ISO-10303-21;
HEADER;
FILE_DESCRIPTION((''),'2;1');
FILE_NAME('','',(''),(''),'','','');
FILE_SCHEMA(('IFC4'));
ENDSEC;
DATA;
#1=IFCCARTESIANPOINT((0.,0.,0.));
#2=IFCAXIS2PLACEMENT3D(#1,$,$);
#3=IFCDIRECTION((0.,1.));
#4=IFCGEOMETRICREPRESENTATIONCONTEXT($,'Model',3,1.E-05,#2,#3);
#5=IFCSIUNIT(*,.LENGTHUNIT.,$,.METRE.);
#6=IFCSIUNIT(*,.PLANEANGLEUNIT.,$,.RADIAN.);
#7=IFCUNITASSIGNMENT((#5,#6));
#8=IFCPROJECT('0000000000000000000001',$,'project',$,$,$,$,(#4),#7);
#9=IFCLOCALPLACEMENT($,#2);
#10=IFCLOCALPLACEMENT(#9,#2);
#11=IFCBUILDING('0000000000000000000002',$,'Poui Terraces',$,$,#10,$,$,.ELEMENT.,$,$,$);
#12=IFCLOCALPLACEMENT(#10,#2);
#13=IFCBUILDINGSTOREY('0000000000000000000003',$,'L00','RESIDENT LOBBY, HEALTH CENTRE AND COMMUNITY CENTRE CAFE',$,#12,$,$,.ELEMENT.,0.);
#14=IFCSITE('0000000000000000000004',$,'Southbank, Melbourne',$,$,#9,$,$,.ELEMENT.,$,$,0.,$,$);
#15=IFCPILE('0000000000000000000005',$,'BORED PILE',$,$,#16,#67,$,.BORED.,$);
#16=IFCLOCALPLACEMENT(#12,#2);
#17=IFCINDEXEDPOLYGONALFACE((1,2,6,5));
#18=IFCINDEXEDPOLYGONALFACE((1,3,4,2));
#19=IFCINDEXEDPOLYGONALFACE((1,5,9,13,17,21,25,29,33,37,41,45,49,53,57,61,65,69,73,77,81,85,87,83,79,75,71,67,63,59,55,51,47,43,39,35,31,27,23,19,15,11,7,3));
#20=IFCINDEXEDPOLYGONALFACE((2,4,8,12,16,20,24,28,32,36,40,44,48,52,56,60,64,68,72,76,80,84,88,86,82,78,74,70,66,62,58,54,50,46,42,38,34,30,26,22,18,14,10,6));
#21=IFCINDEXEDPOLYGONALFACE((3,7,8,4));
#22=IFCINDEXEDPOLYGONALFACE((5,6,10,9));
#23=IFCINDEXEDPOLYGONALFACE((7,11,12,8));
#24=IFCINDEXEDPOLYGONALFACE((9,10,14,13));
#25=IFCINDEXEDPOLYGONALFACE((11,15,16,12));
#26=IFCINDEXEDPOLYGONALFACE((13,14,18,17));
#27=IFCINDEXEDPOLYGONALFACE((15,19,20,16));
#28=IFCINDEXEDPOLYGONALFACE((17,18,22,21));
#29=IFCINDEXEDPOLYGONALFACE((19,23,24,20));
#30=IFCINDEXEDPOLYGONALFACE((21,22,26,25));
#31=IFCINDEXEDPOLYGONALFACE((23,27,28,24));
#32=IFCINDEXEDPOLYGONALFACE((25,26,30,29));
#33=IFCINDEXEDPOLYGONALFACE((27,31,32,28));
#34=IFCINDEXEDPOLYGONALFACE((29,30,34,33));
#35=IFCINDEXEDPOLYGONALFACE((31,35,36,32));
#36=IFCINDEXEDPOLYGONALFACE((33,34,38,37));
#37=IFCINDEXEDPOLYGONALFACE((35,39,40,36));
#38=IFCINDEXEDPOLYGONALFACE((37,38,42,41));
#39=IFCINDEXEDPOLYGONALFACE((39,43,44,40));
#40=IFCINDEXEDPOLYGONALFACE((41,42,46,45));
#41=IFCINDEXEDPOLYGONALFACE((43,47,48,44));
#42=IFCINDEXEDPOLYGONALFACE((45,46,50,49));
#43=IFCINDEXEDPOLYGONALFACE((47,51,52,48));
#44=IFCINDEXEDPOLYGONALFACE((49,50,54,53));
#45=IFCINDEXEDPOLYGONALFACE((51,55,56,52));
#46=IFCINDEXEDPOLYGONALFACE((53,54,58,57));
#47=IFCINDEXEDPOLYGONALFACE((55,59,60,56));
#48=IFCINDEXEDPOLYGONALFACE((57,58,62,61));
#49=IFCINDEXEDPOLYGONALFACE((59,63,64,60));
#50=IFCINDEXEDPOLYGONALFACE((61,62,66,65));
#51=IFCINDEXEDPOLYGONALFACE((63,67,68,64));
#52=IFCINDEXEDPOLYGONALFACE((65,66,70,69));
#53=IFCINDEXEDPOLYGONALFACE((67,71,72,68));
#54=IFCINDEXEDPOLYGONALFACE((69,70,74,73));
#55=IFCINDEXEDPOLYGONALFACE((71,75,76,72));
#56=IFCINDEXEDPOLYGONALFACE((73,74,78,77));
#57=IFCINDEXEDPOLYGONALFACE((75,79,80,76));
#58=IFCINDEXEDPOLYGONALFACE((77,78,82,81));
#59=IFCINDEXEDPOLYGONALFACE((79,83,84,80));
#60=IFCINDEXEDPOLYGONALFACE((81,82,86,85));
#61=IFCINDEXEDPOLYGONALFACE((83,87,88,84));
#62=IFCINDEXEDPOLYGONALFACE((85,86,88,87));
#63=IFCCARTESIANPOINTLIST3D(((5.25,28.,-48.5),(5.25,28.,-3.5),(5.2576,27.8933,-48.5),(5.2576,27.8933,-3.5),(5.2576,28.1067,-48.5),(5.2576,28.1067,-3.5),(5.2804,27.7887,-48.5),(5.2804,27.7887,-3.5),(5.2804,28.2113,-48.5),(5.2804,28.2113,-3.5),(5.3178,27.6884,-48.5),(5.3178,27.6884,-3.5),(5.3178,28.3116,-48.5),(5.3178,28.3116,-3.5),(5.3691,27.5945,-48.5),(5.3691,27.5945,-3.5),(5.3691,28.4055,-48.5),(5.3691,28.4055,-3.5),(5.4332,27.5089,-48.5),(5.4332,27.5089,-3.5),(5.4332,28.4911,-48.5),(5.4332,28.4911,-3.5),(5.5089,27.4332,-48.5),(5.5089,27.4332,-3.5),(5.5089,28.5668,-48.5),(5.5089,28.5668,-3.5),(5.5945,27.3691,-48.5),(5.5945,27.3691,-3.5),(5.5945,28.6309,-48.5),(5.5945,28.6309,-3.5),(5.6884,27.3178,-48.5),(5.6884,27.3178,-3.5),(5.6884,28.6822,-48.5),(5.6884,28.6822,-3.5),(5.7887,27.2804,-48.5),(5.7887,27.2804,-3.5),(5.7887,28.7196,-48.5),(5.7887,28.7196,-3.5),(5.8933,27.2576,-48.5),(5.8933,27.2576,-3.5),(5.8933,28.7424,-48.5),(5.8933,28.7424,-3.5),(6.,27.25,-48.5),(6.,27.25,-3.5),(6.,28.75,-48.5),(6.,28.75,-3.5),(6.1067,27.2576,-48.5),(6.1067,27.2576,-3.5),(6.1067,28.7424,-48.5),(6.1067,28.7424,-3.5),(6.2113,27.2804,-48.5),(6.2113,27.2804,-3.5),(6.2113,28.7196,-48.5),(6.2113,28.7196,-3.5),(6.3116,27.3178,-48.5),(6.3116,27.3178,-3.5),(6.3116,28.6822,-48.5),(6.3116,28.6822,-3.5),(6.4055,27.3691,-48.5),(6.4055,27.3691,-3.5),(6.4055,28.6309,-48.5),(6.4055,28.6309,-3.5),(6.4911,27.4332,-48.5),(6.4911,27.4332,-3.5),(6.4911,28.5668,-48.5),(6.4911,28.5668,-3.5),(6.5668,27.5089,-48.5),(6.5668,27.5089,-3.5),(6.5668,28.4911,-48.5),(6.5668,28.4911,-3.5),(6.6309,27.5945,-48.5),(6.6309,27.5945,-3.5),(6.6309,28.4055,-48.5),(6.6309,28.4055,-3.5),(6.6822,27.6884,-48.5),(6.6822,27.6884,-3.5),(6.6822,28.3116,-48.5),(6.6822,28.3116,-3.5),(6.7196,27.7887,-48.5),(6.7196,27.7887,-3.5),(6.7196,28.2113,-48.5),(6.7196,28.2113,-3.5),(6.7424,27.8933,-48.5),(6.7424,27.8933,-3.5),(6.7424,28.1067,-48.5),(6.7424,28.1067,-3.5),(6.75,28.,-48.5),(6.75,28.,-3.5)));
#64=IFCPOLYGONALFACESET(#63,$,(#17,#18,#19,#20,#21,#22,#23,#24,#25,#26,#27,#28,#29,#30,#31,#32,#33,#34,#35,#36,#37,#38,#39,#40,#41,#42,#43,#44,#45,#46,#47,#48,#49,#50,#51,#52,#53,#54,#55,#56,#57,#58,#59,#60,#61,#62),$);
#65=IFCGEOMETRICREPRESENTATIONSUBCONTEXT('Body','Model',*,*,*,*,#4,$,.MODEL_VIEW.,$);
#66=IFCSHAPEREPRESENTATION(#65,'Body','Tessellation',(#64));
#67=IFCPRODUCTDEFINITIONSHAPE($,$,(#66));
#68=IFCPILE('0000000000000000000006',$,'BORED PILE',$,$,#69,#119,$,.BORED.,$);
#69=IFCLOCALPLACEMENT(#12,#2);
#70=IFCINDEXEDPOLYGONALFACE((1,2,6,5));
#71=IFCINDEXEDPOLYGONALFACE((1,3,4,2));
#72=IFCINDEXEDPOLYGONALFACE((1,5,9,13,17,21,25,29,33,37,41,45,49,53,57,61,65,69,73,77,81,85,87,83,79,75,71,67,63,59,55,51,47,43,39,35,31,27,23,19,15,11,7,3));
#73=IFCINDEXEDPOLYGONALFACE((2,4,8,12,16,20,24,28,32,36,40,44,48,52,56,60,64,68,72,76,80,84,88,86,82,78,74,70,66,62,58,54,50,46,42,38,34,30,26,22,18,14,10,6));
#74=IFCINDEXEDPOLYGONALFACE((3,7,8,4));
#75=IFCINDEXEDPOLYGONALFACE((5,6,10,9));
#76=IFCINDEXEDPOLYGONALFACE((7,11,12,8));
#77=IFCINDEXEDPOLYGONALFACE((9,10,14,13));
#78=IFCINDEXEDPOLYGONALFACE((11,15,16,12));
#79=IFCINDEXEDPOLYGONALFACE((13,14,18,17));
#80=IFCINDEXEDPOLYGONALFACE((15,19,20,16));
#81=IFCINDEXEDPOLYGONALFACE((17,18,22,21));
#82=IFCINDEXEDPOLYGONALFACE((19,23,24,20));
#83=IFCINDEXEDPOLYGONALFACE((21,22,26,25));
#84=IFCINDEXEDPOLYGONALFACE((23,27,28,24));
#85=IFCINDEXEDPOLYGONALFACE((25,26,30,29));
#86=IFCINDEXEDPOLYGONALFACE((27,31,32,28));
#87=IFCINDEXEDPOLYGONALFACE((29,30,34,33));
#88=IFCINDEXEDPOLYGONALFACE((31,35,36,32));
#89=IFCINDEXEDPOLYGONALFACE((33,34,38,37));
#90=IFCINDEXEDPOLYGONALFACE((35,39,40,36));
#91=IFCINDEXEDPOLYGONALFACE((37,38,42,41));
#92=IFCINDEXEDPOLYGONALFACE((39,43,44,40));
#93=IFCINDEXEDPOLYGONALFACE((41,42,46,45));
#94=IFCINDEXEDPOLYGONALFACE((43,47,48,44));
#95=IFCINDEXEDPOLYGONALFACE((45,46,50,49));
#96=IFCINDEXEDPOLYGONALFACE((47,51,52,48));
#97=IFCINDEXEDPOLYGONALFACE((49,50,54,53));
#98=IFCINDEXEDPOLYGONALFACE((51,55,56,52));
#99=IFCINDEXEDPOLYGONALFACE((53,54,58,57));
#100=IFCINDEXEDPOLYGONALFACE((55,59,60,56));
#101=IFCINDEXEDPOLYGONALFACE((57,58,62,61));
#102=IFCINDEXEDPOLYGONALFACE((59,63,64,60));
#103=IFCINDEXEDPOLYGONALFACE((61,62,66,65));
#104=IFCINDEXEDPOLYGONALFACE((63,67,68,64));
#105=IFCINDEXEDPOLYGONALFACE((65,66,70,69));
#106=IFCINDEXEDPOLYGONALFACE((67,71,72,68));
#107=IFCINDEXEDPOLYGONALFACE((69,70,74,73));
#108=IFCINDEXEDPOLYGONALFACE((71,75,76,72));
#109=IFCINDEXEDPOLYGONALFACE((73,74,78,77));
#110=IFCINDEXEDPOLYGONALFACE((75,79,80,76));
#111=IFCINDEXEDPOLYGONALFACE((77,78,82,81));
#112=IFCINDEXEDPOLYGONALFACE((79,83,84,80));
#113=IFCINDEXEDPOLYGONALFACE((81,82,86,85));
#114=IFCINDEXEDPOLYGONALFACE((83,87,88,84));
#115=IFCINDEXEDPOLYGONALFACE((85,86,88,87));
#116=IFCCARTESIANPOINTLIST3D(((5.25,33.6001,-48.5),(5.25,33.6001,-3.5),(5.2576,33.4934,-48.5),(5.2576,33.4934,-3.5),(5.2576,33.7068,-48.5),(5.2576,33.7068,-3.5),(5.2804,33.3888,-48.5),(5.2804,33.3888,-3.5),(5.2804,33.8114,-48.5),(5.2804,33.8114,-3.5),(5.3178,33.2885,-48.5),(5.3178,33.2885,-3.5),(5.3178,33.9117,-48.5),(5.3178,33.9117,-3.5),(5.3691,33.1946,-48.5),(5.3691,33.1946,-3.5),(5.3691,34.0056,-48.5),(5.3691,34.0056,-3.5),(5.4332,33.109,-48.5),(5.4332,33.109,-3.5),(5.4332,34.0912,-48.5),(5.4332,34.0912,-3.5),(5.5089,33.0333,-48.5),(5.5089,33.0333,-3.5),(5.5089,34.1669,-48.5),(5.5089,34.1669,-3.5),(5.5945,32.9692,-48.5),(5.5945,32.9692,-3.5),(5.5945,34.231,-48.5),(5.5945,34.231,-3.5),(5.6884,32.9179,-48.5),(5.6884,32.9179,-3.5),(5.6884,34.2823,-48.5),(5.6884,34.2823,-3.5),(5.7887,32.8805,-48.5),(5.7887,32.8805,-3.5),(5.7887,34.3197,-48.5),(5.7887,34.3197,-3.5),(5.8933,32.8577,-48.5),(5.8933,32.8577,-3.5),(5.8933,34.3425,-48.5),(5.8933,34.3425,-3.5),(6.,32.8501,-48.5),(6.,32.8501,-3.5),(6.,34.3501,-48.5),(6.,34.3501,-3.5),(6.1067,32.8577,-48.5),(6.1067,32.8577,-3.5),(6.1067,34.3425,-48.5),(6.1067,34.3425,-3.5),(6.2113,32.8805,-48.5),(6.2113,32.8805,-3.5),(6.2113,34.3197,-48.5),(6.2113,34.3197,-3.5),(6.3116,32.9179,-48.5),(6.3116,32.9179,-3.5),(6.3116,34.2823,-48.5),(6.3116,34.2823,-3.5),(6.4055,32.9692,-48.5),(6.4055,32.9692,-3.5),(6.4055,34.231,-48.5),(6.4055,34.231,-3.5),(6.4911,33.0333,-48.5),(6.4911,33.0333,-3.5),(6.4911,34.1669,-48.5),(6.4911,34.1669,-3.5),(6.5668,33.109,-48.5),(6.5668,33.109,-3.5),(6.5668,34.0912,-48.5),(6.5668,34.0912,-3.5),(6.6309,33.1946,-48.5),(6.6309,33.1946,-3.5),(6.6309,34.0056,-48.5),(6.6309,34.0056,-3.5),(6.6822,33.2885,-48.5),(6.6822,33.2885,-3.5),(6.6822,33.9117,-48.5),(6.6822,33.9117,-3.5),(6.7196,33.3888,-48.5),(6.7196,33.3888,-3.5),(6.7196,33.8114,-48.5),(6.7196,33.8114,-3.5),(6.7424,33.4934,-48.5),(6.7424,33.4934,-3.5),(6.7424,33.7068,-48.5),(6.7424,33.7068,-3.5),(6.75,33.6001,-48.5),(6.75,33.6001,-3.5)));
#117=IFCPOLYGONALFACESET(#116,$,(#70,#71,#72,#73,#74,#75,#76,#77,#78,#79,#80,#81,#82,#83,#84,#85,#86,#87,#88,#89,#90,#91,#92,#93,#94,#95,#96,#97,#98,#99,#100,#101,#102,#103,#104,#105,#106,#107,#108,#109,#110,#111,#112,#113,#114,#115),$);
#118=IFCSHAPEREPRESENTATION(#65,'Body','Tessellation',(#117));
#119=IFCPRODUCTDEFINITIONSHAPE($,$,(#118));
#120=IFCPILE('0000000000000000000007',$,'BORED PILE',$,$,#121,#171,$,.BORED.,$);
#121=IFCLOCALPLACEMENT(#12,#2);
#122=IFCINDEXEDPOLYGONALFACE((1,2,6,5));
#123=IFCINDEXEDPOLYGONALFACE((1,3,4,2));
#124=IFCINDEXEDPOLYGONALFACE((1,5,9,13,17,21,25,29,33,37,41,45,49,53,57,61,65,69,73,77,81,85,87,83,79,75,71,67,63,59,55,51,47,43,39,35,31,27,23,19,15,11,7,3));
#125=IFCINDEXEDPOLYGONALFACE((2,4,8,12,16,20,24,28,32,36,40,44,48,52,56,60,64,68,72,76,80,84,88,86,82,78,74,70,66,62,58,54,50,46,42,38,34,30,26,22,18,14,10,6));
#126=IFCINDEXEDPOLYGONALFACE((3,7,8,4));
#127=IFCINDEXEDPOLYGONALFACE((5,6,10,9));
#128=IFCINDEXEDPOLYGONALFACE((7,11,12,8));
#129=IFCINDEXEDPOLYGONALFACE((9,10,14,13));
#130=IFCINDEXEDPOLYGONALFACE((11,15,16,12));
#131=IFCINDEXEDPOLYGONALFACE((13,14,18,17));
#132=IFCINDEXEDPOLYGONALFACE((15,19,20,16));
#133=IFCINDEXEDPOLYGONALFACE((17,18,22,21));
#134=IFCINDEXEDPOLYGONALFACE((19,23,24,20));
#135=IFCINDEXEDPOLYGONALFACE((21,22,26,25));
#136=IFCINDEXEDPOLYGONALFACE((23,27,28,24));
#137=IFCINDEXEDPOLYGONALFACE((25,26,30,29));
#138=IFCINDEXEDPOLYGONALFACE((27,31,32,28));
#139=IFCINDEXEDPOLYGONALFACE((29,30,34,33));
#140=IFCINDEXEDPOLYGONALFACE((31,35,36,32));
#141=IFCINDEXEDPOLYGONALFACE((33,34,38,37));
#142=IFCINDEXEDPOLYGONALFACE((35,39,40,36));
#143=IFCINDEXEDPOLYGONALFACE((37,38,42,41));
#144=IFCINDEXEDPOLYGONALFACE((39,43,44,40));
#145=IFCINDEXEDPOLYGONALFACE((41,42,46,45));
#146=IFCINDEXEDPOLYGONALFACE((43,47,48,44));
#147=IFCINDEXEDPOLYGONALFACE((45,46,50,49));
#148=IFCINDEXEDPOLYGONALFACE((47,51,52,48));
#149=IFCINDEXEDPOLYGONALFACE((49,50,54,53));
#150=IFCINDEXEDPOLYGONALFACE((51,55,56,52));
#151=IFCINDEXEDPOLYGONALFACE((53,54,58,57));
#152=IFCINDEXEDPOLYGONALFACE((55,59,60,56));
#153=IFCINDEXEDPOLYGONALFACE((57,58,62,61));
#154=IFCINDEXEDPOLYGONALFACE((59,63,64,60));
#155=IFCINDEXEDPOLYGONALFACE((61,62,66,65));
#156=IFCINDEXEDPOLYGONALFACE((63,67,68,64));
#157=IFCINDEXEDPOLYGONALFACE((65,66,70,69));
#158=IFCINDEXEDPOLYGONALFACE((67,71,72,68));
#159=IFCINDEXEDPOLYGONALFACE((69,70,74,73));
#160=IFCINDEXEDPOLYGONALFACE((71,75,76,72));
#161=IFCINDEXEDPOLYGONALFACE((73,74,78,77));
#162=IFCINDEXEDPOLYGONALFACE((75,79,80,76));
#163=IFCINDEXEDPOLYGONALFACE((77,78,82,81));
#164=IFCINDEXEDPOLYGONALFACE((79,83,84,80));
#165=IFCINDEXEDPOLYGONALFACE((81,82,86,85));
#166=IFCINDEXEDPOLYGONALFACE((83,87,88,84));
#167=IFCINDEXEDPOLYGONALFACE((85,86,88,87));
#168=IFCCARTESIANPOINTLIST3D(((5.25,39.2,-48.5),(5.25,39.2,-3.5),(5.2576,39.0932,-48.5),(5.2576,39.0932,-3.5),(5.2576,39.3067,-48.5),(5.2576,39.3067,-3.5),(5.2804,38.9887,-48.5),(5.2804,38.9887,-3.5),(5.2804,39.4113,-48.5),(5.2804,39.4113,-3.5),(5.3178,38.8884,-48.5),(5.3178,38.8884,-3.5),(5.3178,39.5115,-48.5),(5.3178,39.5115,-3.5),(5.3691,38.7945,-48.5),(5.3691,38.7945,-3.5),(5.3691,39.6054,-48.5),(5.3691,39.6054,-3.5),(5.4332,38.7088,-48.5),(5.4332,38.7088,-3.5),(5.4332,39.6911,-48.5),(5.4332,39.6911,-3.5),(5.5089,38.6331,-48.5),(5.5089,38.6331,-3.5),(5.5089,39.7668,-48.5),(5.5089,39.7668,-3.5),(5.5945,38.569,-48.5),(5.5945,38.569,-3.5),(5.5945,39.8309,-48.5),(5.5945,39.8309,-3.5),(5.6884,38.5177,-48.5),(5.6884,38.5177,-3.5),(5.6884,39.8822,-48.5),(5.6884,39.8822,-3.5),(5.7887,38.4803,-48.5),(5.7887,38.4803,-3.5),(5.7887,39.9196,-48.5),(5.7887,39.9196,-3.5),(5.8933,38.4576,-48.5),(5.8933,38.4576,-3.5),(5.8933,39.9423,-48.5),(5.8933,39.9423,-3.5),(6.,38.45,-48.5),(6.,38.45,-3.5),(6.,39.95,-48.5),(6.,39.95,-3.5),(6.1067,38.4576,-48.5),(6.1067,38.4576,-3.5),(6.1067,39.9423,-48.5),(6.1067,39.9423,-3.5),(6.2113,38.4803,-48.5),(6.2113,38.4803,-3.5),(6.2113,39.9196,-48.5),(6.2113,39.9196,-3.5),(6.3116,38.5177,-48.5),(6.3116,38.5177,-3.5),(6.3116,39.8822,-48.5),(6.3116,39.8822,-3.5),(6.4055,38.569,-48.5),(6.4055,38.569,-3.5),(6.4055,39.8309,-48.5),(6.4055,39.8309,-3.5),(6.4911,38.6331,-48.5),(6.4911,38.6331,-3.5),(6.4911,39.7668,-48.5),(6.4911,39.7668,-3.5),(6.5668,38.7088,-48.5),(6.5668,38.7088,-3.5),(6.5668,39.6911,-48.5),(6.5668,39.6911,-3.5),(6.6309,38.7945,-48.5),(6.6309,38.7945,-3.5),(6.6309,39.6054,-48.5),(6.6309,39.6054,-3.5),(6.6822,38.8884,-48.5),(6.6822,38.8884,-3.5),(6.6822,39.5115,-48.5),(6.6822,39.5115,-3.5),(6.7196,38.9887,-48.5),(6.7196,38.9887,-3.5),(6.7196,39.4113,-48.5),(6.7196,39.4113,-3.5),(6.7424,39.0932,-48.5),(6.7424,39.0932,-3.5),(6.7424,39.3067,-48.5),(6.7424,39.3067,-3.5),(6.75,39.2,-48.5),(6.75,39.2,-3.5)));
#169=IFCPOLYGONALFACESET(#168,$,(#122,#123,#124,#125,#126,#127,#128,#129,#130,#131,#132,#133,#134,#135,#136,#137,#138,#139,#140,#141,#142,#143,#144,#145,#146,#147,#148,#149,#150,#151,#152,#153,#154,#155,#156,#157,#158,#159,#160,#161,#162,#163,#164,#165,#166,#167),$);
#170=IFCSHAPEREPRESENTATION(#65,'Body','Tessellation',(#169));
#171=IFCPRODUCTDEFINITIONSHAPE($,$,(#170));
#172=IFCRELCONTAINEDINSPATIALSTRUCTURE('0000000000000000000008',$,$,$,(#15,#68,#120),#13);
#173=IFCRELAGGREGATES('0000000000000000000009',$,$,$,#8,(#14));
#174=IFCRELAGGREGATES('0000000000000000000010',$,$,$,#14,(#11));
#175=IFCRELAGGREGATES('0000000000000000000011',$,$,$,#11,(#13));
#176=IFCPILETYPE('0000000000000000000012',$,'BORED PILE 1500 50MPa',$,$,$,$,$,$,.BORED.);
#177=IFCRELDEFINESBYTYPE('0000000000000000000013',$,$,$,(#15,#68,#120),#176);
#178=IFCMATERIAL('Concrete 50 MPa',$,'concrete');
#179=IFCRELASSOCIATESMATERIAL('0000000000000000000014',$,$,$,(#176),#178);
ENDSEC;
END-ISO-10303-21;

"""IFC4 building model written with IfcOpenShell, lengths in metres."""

from ifc_helpers import new_model, si_unit, direction, frame, origin, origin_2d, place, context, subcontext, project, spatial, circle, extrude, material, material_profile, profile_set, type_object, element, save


model = new_model("IFC4")

# Units and contexts
model_context = context("Model", 3, precision=1e-05, world=origin(), true_north=direction((0.0, 1.0)))
body_context = subcontext(model_context, "Body", "Model", "MODEL_VIEW")
ifc_project = project(units=[si_unit("LENGTHUNIT", "METRE"), si_unit("PLANEANGLEUNIT", "RADIAN")], contexts=[model_context])

# Site, building, storey
site_placement = place(None, origin())
site = spatial("IfcSite", under=ifc_project, at=site_placement, Name="Southbank, Melbourne", CompositionType="ELEMENT", RefElevation=0.0)
building_placement = place(site_placement, origin())
building = spatial("IfcBuilding", under=site, at=building_placement, Name="Poui Terraces", CompositionType="ELEMENT")
storey_placement = place(building_placement, origin())
storey = spatial("IfcBuildingStorey", under=building, at=storey_placement, Name="L00", Description="RESIDENT LOBBY, HEALTH CENTRE AND COMMUNITY CENTRE CAFE", CompositionType="ELEMENT", Elevation=0.0)

# Piles
ifc_material_1 = material(Name="Concrete 50 MPa", Category="concrete")
ifc_material_profile_1 = material_profile(ifc_material_1, circle(Radius=0.75, at=origin_2d()), Name="RC D1500")
ifc_profile_set_1 = profile_set([ifc_material_profile_1], Name="Concrete 50 MPa")
pile_type = type_object("IfcPileType", Name="BORED PILE 1500 50MPa", PredefinedType="BORED", material=ifc_profile_set_1)
for number, where, z_axis, x_axis, name in (
    (1, (6.0, 28.0, -3.5), (0.0, 0.0, -1.0), (1.0, 0.0, 0.0), "BORED PILE"),
    (2, (6.0, 33.6001, -3.5), (0.0, 0.0, -1.0), (1.0, 0.0, 0.0), "BORED PILE"),
    (3, (6.0, 39.2, -3.5), (0.0, 0.0, -1.0), (1.0, 0.0, 0.0), "BORED PILE"),
):
    element("IfcPile", number, at=place(storey_placement, frame(where, z_axis=z_axis, x_axis=x_axis)), inside=storey, type_object=pile_type, Name=name, PredefinedType="BORED", context=body_context, shape_type="SweptSolid", body=[
        extrude(circle(Radius=0.75, at=origin_2d()), origin(), (0.0, 0.0, 1.0), 45.0),
    ])

save(model, "model.ifc")
